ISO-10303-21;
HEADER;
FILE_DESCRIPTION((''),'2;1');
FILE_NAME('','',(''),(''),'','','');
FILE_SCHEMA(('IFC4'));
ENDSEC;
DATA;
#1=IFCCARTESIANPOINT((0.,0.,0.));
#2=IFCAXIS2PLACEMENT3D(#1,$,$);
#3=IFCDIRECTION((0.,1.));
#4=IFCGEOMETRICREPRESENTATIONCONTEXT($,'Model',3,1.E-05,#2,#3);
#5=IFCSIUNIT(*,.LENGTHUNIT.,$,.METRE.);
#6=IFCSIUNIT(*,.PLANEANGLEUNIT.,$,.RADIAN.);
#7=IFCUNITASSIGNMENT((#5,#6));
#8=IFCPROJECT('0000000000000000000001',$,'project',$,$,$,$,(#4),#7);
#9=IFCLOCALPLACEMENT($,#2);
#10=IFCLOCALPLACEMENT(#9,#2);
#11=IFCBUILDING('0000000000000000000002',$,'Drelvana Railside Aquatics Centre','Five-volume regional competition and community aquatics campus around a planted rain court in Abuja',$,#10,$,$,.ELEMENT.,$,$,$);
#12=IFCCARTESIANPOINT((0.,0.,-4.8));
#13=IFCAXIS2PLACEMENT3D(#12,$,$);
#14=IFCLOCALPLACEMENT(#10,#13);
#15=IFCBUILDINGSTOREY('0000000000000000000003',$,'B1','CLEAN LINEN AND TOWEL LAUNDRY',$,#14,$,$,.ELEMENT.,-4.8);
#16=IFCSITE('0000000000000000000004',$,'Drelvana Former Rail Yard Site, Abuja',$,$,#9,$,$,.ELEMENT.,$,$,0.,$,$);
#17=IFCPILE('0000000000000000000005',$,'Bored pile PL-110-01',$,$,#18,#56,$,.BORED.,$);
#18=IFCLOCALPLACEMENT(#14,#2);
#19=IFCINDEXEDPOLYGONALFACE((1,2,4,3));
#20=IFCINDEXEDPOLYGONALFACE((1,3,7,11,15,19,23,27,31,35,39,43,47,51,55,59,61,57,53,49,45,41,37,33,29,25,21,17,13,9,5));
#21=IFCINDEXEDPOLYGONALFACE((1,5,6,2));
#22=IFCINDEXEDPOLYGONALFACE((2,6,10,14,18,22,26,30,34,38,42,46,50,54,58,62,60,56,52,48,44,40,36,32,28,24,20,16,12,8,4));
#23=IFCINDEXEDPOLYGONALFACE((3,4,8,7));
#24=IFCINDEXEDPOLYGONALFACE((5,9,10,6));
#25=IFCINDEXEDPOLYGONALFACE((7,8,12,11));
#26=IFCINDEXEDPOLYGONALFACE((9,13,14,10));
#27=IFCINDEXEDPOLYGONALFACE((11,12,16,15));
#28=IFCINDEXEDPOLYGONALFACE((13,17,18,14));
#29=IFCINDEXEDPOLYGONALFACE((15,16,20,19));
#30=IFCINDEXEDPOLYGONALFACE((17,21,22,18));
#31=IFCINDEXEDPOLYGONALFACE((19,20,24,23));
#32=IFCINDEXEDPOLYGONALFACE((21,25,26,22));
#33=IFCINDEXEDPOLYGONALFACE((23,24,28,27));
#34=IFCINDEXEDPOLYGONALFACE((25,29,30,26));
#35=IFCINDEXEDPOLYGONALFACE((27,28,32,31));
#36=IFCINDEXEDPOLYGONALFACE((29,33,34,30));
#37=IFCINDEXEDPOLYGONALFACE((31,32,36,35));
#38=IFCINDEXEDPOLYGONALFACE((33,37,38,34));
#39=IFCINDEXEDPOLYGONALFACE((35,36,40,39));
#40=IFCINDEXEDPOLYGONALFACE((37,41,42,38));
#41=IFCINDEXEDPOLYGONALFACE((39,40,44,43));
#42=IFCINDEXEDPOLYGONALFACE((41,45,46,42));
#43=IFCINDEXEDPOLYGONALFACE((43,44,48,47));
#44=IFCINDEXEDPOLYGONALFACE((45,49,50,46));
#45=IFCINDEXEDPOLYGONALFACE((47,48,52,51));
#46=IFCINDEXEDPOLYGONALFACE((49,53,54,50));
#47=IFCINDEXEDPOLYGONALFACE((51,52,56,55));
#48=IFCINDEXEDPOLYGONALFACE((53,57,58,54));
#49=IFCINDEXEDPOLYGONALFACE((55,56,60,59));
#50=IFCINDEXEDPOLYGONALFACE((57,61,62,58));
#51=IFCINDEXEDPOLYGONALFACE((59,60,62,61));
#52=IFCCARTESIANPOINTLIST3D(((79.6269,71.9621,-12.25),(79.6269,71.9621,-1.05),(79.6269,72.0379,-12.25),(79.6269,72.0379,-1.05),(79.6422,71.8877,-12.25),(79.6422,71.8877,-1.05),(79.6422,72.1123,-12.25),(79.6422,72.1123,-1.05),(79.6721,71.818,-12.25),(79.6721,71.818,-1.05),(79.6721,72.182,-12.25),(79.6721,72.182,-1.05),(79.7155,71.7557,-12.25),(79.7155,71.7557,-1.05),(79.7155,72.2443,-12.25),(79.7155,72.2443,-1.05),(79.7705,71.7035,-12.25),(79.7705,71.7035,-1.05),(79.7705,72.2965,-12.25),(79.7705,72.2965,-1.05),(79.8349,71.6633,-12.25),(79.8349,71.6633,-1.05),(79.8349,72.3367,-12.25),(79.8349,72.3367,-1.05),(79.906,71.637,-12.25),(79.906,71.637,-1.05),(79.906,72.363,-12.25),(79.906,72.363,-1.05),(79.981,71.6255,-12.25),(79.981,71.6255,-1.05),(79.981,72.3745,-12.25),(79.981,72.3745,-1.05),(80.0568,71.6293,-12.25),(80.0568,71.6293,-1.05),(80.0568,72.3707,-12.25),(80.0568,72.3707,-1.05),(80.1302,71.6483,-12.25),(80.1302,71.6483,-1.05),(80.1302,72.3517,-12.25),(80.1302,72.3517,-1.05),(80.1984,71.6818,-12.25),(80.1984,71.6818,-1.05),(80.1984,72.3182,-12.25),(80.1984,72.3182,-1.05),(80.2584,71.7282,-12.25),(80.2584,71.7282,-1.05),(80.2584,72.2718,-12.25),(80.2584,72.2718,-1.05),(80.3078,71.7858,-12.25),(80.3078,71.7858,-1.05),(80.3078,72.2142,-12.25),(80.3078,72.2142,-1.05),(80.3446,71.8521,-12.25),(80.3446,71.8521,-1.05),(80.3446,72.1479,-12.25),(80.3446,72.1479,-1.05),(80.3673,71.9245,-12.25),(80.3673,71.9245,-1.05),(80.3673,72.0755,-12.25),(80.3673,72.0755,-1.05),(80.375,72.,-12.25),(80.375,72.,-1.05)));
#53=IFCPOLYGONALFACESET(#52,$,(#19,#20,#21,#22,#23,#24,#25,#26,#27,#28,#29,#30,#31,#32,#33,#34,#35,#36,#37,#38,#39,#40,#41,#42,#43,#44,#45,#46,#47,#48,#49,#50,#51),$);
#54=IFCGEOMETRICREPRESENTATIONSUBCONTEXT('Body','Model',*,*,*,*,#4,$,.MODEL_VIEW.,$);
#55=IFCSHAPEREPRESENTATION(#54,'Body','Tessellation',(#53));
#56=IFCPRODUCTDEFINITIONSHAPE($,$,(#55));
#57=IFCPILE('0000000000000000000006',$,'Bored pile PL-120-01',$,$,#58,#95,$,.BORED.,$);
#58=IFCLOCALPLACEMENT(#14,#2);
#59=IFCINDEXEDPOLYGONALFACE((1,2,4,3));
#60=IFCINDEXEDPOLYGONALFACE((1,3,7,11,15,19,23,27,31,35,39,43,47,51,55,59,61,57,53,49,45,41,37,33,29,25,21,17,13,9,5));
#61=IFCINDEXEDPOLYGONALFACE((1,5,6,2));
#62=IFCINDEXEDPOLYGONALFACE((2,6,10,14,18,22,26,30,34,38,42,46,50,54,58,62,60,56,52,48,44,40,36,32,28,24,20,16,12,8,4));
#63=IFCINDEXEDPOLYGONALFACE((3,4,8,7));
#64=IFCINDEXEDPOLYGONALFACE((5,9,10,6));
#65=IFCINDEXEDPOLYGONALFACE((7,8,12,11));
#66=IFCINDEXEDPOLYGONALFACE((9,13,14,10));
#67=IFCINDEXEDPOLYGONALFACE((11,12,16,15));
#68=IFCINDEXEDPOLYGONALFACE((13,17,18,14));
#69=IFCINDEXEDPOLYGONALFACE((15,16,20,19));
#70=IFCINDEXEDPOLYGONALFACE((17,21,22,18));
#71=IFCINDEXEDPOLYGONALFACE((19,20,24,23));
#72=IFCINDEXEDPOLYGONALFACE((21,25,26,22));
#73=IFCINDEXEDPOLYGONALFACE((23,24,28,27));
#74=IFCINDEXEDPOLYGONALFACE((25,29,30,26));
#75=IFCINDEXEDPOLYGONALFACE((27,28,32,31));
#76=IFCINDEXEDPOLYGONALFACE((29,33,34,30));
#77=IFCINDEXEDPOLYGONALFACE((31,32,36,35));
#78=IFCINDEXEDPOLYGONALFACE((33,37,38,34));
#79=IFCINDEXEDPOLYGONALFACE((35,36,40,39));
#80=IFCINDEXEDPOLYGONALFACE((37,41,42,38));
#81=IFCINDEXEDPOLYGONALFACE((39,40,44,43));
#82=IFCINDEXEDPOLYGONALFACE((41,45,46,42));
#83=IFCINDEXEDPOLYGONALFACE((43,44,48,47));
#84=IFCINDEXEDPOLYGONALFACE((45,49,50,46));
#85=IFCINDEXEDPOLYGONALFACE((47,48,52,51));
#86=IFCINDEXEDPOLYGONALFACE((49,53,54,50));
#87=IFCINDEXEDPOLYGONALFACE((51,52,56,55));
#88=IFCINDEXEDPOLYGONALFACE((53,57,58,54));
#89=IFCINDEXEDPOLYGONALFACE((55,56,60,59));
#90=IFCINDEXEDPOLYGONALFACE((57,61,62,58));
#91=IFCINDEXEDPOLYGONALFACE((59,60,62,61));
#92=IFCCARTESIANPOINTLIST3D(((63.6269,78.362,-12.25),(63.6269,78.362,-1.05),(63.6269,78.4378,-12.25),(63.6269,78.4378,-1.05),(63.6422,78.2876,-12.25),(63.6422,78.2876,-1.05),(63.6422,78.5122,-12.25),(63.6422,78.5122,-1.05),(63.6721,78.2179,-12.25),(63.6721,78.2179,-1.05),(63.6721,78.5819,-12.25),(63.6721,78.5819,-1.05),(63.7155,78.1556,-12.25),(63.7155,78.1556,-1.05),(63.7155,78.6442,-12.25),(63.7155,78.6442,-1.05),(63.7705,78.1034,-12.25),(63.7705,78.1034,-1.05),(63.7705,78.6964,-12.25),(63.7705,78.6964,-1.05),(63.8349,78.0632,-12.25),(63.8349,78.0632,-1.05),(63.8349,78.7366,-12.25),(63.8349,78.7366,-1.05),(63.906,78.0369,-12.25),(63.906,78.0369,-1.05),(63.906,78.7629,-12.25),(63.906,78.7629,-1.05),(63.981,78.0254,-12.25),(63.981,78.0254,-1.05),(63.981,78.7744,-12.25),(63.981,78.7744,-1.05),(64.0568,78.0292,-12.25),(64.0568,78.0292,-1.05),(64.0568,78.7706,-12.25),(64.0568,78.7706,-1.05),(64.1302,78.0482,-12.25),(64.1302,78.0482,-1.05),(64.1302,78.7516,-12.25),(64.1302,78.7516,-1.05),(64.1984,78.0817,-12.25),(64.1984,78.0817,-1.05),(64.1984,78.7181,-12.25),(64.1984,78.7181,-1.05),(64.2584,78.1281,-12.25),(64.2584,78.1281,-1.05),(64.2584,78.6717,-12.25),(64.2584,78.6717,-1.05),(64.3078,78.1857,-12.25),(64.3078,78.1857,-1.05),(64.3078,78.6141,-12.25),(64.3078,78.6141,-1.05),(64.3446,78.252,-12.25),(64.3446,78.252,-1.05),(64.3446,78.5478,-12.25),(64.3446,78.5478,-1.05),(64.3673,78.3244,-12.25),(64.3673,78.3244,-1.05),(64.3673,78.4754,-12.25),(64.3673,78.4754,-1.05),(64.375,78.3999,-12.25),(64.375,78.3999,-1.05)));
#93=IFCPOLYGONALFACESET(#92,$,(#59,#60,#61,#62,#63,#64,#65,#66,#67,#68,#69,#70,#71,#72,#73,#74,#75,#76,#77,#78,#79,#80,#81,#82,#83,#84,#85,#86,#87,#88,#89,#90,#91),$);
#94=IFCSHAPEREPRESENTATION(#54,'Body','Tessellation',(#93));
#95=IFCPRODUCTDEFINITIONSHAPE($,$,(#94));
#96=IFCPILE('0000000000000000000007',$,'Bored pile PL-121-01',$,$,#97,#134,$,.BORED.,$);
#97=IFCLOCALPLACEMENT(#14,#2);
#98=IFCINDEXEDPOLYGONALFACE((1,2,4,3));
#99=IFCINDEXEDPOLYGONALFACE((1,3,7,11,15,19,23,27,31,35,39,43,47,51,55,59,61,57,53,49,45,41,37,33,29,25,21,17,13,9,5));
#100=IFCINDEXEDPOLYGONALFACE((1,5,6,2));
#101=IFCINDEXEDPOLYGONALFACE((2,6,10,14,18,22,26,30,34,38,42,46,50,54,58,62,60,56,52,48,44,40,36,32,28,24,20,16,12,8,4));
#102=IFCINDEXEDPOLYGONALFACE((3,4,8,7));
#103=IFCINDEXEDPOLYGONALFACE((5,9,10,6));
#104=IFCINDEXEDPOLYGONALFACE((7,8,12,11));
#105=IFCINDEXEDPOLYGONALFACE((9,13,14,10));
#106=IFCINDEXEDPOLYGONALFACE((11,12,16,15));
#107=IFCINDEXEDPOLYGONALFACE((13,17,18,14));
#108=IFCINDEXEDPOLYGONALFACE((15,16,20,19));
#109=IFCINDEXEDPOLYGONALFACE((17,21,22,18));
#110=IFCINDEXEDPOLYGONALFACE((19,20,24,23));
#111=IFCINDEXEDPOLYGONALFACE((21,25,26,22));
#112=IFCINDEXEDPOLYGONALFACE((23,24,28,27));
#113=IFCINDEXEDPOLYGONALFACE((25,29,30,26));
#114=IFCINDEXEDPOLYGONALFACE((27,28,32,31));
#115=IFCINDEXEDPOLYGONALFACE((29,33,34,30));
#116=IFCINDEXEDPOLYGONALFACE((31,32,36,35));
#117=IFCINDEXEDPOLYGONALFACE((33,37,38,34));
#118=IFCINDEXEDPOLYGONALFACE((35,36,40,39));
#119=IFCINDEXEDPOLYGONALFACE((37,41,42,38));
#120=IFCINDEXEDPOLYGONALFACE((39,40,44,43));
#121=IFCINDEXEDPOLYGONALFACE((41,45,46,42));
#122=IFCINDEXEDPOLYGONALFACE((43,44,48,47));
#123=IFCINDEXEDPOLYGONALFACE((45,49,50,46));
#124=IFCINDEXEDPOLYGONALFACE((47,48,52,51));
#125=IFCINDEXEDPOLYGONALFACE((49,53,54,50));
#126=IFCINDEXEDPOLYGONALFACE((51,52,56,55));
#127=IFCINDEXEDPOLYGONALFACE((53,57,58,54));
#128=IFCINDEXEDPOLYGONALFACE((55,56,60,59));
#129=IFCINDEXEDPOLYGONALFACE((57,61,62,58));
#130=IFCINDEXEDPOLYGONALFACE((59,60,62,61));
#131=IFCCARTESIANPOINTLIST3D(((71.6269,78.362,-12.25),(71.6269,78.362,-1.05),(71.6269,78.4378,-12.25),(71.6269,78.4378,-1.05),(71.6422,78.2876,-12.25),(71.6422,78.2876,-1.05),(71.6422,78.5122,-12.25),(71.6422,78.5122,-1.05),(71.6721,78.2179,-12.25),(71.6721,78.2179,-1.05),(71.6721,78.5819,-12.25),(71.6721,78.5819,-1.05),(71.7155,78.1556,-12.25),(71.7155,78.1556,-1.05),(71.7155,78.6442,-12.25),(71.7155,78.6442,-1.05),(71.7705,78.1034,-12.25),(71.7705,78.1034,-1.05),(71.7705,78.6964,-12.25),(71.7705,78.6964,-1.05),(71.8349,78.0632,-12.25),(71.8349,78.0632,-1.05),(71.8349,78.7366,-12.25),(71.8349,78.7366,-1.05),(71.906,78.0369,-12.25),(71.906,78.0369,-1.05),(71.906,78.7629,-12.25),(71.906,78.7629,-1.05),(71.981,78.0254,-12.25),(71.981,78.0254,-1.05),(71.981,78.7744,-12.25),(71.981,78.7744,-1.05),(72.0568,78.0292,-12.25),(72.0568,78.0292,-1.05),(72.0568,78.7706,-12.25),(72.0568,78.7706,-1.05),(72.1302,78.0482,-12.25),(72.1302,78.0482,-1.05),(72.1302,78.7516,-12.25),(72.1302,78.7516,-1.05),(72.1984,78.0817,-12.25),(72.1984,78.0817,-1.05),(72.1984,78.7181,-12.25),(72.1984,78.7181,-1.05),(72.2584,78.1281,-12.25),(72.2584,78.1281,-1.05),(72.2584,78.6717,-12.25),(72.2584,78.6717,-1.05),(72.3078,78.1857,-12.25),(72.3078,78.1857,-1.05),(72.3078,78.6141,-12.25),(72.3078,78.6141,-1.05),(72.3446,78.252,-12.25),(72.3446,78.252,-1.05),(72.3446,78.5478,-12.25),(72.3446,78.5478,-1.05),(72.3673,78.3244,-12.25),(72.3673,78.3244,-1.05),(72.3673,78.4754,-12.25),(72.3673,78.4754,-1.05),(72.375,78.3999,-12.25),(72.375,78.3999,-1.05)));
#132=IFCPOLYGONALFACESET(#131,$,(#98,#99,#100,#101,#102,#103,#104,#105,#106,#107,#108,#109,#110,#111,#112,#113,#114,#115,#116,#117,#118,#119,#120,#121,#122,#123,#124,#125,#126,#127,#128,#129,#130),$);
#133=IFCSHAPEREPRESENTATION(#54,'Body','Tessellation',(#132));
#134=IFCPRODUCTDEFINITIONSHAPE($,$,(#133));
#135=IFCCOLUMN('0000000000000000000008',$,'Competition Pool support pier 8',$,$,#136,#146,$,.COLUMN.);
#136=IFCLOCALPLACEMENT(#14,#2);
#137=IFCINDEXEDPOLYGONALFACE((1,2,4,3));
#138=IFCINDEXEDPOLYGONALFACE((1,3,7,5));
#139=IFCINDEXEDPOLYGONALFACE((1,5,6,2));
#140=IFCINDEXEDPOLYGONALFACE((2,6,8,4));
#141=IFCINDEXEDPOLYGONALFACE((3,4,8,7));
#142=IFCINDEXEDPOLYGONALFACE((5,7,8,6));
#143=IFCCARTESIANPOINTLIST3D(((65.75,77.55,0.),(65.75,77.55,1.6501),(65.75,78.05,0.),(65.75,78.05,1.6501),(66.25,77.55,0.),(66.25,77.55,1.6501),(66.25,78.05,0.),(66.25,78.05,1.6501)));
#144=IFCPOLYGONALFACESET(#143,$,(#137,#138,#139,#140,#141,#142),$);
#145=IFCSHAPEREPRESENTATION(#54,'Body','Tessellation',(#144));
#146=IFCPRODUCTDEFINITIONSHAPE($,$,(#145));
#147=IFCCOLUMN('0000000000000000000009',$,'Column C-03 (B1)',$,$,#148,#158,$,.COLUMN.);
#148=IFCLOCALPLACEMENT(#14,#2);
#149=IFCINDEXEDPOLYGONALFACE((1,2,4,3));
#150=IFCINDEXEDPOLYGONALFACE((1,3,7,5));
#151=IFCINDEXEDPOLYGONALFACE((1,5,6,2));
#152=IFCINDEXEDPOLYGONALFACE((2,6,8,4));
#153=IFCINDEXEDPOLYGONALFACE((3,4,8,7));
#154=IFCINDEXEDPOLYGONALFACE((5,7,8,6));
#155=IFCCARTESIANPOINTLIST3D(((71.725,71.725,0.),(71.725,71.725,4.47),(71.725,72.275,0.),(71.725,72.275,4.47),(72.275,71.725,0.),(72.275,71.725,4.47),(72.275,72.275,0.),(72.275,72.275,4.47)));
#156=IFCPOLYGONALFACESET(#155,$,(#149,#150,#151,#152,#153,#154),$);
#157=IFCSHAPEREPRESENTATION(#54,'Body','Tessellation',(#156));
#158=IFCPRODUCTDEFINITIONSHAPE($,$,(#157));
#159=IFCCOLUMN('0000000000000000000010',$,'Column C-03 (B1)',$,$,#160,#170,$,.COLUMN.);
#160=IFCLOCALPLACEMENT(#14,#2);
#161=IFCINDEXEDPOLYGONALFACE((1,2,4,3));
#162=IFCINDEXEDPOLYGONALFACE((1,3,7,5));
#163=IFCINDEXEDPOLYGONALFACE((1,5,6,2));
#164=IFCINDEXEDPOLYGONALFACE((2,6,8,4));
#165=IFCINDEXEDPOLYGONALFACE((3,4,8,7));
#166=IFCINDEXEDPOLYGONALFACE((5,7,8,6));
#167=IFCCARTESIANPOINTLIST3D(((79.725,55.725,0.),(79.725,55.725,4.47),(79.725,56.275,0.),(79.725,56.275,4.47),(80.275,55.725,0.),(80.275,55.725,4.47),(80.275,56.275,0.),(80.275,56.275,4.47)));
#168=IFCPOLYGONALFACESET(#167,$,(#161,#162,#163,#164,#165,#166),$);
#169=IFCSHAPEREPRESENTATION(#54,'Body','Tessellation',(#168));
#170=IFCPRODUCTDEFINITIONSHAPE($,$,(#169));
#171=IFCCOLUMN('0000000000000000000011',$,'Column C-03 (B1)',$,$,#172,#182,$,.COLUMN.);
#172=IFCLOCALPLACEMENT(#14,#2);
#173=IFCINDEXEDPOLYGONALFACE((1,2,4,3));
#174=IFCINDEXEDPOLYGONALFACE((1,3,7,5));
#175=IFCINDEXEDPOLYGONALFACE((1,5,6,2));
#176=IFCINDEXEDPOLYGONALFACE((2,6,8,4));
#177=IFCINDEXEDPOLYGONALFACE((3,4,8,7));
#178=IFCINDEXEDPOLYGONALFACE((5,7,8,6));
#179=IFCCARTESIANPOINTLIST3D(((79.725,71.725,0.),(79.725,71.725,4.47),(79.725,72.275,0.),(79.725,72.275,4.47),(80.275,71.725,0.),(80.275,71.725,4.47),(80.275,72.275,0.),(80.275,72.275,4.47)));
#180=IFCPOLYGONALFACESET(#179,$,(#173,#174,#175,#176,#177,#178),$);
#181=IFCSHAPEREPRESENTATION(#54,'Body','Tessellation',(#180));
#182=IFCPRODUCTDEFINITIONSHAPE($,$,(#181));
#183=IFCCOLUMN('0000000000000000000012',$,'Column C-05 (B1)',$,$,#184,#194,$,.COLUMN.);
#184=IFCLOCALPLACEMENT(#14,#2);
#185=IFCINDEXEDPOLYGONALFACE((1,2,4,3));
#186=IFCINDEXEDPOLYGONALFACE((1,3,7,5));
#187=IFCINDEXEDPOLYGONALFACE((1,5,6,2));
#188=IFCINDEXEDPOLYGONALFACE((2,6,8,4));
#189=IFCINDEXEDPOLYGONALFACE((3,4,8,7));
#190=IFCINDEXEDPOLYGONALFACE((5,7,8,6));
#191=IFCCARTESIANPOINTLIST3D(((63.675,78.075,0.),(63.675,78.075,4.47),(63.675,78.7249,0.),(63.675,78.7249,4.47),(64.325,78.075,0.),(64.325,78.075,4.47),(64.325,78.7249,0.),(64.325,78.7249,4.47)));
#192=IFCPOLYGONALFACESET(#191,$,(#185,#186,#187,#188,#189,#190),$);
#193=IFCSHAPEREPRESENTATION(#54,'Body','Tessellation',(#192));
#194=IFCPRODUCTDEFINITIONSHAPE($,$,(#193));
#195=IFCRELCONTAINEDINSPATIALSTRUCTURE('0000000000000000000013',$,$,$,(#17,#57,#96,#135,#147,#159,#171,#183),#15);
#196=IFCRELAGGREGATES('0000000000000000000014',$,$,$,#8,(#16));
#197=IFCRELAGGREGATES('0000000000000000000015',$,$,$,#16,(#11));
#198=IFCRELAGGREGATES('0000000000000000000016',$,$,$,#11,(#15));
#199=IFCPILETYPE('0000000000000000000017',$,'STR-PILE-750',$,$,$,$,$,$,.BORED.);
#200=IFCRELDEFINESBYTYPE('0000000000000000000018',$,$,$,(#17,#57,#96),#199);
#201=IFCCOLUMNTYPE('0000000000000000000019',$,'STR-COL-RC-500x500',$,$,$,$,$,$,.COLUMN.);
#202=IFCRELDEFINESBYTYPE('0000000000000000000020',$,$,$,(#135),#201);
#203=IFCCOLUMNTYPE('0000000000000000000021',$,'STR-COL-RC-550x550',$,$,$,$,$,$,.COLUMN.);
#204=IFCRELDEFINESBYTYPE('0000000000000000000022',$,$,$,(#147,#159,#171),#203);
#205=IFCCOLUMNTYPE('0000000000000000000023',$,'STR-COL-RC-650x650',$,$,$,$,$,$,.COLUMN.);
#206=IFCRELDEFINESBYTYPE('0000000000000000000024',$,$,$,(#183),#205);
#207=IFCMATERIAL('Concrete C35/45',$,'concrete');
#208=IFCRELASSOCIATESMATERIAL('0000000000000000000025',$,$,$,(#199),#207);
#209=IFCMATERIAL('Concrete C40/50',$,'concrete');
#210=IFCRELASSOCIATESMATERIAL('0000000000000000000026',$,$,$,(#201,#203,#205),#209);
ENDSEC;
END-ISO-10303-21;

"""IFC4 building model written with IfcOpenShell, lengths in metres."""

from ifc_helpers import new_model, si_unit, direction, frame, origin, origin_2d, place, context, subcontext, project, spatial, rectangle, circle, extrude, material, material_profile, profile_set, type_object, element, save


model = new_model("IFC4")

# Units and contexts
model_context = context("Model", 3, precision=1e-05, world=origin(), true_north=direction((0.0, 1.0)))
body_context = subcontext(model_context, "Body", "Model", "MODEL_VIEW")
ifc_project = project(units=[si_unit("LENGTHUNIT", "METRE"), si_unit("PLANEANGLEUNIT", "RADIAN")], contexts=[model_context])

# Site, building, storey
site_placement = place(None, origin())
site = spatial("IfcSite", under=ifc_project, at=site_placement, Name="Drelvana Former Rail Yard Site, Abuja", CompositionType="ELEMENT", RefElevation=0.0)
building_placement = place(site_placement, origin())
building = spatial("IfcBuilding", under=site, at=building_placement, Name="Drelvana Railside Aquatics Centre", Description="Five-volume regional competition and community aquatics campus around a planted rain court in Abuja", CompositionType="ELEMENT")
storey_placement = place(building_placement, frame((0.0, 0.0, -4.8)))
storey = spatial("IfcBuildingStorey", under=building, at=storey_placement, Name="B1", Description="CLEAN LINEN AND TOWEL LAUNDRY", CompositionType="ELEMENT", Elevation=-4.8)

# Shared definitions
ifc_material_1 = material(Name="Concrete C35/45", Category="concrete")

# Piles
ifc_material_profile_1 = material_profile(ifc_material_1, circle(Radius=0.375, at=origin_2d()), Name="PILE D750")
ifc_profile_set_1 = profile_set([ifc_material_profile_1], Name="Concrete C35/45")
pile_type = type_object("IfcPileType", Name="STR-PILE-750", PredefinedType="BORED", material=ifc_profile_set_1)
for number, where, z_axis, x_axis, name in (
    (1, (80.0, 72.0, -1.05), (0.0, 0.0, -1.0), (1.0, 0.0, 0.0), "Bored pile PL-110-01"),
    (2, (64.0, 78.3999, -1.05), (0.0, 0.0, -1.0), (1.0, 0.0, 0.0), "Bored pile PL-120-01"),
    (3, (72.0, 78.3999, -1.05), (0.0, 0.0, -1.0), (1.0, 0.0, 0.0), "Bored pile PL-121-01"),
):
    element("IfcPile", number, at=place(storey_placement, frame(where, z_axis=z_axis, x_axis=x_axis)), inside=storey, type_object=pile_type, Name=name, PredefinedType="BORED", context=body_context, shape_type="SweptSolid", body=[
        extrude(circle(Radius=0.375, at=origin_2d()), origin(), (0.0, 0.0, 1.0), 11.2),
    ])

# Columns
ifc_material_2 = material(Name="Concrete C40/50", Category="concrete")
ifc_material_profile_2 = material_profile(ifc_material_2, rectangle(XDim=0.5, YDim=0.5, at=origin_2d()), Name="RC 500x500")
ifc_profile_set_2 = profile_set([ifc_material_profile_2], Name="Concrete C40/50")
column_type_1 = type_object("IfcColumnType", Name="STR-COL-RC-500x500", PredefinedType="COLUMN", material=ifc_profile_set_2)
column_1_placement = place(storey_placement, frame((66.0, 77.8, 0.0), z_axis=(0.0, 0.0, 1.0), x_axis=(1.0, 0.0, 0.0)))
element("IfcColumn", 4, at=column_1_placement, inside=storey, type_object=column_type_1, Name="Competition Pool support pier 8", PredefinedType="COLUMN", context=body_context, shape_type="SweptSolid", body=[
    extrude(rectangle(XDim=0.5, YDim=0.5, at=origin_2d()), origin(), (0.0, 0.0, 1.0), 1.6501),
])
ifc_material_profile_3 = material_profile(ifc_material_2, rectangle(XDim=0.55, YDim=0.55, at=origin_2d()), Name="RC 550x550")
ifc_profile_set_3 = profile_set([ifc_material_profile_3], Name="Concrete C40/50")
column_type_2 = type_object("IfcColumnType", Name="STR-COL-RC-550x550", PredefinedType="COLUMN", material=ifc_profile_set_3)
for number, where, z_axis, x_axis, name in (
    (5, (72.0, 72.0, 0.0), (0.0, 0.0, 1.0), (1.0, 0.0, 0.0), "Column C-03 (B1)"),
    (6, (80.0, 56.0, 0.0), (0.0, 0.0, 1.0), (1.0, 0.0, 0.0), "Column C-03 (B1)"),
    (7, (80.0, 72.0, 0.0), (0.0, 0.0, 1.0), (1.0, 0.0, 0.0), "Column C-03 (B1)"),
):
    element("IfcColumn", number, at=place(storey_placement, frame(where, z_axis=z_axis, x_axis=x_axis)), inside=storey, type_object=column_type_2, Name=name, PredefinedType="COLUMN", context=body_context, shape_type="SweptSolid", body=[
        extrude(rectangle(XDim=0.55, YDim=0.55, at=origin_2d()), origin(), (0.0, 0.0, 1.0), 4.47),
    ])
ifc_material_profile_4 = material_profile(ifc_material_2, rectangle(XDim=0.6499, YDim=0.6499, at=origin_2d()), Name="RC 650x650")
ifc_profile_set_4 = profile_set([ifc_material_profile_4], Name="Concrete C40/50")
column_type_3 = type_object("IfcColumnType", Name="STR-COL-RC-650x650", PredefinedType="COLUMN", material=ifc_profile_set_4)
column_2_placement = place(storey_placement, frame((64.0, 78.3999, 0.0), z_axis=(0.0, 0.0, 1.0), x_axis=(1.0, 0.0, 0.0)))
element("IfcColumn", 8, at=column_2_placement, inside=storey, type_object=column_type_3, Name="Column C-05 (B1)", PredefinedType="COLUMN", context=body_context, shape_type="SweptSolid", body=[
    extrude(rectangle(XDim=0.6499, YDim=0.6499, at=origin_2d()), origin(), (0.0, 0.0, 1.0), 4.47),
])

save(model, "model.ifc")
